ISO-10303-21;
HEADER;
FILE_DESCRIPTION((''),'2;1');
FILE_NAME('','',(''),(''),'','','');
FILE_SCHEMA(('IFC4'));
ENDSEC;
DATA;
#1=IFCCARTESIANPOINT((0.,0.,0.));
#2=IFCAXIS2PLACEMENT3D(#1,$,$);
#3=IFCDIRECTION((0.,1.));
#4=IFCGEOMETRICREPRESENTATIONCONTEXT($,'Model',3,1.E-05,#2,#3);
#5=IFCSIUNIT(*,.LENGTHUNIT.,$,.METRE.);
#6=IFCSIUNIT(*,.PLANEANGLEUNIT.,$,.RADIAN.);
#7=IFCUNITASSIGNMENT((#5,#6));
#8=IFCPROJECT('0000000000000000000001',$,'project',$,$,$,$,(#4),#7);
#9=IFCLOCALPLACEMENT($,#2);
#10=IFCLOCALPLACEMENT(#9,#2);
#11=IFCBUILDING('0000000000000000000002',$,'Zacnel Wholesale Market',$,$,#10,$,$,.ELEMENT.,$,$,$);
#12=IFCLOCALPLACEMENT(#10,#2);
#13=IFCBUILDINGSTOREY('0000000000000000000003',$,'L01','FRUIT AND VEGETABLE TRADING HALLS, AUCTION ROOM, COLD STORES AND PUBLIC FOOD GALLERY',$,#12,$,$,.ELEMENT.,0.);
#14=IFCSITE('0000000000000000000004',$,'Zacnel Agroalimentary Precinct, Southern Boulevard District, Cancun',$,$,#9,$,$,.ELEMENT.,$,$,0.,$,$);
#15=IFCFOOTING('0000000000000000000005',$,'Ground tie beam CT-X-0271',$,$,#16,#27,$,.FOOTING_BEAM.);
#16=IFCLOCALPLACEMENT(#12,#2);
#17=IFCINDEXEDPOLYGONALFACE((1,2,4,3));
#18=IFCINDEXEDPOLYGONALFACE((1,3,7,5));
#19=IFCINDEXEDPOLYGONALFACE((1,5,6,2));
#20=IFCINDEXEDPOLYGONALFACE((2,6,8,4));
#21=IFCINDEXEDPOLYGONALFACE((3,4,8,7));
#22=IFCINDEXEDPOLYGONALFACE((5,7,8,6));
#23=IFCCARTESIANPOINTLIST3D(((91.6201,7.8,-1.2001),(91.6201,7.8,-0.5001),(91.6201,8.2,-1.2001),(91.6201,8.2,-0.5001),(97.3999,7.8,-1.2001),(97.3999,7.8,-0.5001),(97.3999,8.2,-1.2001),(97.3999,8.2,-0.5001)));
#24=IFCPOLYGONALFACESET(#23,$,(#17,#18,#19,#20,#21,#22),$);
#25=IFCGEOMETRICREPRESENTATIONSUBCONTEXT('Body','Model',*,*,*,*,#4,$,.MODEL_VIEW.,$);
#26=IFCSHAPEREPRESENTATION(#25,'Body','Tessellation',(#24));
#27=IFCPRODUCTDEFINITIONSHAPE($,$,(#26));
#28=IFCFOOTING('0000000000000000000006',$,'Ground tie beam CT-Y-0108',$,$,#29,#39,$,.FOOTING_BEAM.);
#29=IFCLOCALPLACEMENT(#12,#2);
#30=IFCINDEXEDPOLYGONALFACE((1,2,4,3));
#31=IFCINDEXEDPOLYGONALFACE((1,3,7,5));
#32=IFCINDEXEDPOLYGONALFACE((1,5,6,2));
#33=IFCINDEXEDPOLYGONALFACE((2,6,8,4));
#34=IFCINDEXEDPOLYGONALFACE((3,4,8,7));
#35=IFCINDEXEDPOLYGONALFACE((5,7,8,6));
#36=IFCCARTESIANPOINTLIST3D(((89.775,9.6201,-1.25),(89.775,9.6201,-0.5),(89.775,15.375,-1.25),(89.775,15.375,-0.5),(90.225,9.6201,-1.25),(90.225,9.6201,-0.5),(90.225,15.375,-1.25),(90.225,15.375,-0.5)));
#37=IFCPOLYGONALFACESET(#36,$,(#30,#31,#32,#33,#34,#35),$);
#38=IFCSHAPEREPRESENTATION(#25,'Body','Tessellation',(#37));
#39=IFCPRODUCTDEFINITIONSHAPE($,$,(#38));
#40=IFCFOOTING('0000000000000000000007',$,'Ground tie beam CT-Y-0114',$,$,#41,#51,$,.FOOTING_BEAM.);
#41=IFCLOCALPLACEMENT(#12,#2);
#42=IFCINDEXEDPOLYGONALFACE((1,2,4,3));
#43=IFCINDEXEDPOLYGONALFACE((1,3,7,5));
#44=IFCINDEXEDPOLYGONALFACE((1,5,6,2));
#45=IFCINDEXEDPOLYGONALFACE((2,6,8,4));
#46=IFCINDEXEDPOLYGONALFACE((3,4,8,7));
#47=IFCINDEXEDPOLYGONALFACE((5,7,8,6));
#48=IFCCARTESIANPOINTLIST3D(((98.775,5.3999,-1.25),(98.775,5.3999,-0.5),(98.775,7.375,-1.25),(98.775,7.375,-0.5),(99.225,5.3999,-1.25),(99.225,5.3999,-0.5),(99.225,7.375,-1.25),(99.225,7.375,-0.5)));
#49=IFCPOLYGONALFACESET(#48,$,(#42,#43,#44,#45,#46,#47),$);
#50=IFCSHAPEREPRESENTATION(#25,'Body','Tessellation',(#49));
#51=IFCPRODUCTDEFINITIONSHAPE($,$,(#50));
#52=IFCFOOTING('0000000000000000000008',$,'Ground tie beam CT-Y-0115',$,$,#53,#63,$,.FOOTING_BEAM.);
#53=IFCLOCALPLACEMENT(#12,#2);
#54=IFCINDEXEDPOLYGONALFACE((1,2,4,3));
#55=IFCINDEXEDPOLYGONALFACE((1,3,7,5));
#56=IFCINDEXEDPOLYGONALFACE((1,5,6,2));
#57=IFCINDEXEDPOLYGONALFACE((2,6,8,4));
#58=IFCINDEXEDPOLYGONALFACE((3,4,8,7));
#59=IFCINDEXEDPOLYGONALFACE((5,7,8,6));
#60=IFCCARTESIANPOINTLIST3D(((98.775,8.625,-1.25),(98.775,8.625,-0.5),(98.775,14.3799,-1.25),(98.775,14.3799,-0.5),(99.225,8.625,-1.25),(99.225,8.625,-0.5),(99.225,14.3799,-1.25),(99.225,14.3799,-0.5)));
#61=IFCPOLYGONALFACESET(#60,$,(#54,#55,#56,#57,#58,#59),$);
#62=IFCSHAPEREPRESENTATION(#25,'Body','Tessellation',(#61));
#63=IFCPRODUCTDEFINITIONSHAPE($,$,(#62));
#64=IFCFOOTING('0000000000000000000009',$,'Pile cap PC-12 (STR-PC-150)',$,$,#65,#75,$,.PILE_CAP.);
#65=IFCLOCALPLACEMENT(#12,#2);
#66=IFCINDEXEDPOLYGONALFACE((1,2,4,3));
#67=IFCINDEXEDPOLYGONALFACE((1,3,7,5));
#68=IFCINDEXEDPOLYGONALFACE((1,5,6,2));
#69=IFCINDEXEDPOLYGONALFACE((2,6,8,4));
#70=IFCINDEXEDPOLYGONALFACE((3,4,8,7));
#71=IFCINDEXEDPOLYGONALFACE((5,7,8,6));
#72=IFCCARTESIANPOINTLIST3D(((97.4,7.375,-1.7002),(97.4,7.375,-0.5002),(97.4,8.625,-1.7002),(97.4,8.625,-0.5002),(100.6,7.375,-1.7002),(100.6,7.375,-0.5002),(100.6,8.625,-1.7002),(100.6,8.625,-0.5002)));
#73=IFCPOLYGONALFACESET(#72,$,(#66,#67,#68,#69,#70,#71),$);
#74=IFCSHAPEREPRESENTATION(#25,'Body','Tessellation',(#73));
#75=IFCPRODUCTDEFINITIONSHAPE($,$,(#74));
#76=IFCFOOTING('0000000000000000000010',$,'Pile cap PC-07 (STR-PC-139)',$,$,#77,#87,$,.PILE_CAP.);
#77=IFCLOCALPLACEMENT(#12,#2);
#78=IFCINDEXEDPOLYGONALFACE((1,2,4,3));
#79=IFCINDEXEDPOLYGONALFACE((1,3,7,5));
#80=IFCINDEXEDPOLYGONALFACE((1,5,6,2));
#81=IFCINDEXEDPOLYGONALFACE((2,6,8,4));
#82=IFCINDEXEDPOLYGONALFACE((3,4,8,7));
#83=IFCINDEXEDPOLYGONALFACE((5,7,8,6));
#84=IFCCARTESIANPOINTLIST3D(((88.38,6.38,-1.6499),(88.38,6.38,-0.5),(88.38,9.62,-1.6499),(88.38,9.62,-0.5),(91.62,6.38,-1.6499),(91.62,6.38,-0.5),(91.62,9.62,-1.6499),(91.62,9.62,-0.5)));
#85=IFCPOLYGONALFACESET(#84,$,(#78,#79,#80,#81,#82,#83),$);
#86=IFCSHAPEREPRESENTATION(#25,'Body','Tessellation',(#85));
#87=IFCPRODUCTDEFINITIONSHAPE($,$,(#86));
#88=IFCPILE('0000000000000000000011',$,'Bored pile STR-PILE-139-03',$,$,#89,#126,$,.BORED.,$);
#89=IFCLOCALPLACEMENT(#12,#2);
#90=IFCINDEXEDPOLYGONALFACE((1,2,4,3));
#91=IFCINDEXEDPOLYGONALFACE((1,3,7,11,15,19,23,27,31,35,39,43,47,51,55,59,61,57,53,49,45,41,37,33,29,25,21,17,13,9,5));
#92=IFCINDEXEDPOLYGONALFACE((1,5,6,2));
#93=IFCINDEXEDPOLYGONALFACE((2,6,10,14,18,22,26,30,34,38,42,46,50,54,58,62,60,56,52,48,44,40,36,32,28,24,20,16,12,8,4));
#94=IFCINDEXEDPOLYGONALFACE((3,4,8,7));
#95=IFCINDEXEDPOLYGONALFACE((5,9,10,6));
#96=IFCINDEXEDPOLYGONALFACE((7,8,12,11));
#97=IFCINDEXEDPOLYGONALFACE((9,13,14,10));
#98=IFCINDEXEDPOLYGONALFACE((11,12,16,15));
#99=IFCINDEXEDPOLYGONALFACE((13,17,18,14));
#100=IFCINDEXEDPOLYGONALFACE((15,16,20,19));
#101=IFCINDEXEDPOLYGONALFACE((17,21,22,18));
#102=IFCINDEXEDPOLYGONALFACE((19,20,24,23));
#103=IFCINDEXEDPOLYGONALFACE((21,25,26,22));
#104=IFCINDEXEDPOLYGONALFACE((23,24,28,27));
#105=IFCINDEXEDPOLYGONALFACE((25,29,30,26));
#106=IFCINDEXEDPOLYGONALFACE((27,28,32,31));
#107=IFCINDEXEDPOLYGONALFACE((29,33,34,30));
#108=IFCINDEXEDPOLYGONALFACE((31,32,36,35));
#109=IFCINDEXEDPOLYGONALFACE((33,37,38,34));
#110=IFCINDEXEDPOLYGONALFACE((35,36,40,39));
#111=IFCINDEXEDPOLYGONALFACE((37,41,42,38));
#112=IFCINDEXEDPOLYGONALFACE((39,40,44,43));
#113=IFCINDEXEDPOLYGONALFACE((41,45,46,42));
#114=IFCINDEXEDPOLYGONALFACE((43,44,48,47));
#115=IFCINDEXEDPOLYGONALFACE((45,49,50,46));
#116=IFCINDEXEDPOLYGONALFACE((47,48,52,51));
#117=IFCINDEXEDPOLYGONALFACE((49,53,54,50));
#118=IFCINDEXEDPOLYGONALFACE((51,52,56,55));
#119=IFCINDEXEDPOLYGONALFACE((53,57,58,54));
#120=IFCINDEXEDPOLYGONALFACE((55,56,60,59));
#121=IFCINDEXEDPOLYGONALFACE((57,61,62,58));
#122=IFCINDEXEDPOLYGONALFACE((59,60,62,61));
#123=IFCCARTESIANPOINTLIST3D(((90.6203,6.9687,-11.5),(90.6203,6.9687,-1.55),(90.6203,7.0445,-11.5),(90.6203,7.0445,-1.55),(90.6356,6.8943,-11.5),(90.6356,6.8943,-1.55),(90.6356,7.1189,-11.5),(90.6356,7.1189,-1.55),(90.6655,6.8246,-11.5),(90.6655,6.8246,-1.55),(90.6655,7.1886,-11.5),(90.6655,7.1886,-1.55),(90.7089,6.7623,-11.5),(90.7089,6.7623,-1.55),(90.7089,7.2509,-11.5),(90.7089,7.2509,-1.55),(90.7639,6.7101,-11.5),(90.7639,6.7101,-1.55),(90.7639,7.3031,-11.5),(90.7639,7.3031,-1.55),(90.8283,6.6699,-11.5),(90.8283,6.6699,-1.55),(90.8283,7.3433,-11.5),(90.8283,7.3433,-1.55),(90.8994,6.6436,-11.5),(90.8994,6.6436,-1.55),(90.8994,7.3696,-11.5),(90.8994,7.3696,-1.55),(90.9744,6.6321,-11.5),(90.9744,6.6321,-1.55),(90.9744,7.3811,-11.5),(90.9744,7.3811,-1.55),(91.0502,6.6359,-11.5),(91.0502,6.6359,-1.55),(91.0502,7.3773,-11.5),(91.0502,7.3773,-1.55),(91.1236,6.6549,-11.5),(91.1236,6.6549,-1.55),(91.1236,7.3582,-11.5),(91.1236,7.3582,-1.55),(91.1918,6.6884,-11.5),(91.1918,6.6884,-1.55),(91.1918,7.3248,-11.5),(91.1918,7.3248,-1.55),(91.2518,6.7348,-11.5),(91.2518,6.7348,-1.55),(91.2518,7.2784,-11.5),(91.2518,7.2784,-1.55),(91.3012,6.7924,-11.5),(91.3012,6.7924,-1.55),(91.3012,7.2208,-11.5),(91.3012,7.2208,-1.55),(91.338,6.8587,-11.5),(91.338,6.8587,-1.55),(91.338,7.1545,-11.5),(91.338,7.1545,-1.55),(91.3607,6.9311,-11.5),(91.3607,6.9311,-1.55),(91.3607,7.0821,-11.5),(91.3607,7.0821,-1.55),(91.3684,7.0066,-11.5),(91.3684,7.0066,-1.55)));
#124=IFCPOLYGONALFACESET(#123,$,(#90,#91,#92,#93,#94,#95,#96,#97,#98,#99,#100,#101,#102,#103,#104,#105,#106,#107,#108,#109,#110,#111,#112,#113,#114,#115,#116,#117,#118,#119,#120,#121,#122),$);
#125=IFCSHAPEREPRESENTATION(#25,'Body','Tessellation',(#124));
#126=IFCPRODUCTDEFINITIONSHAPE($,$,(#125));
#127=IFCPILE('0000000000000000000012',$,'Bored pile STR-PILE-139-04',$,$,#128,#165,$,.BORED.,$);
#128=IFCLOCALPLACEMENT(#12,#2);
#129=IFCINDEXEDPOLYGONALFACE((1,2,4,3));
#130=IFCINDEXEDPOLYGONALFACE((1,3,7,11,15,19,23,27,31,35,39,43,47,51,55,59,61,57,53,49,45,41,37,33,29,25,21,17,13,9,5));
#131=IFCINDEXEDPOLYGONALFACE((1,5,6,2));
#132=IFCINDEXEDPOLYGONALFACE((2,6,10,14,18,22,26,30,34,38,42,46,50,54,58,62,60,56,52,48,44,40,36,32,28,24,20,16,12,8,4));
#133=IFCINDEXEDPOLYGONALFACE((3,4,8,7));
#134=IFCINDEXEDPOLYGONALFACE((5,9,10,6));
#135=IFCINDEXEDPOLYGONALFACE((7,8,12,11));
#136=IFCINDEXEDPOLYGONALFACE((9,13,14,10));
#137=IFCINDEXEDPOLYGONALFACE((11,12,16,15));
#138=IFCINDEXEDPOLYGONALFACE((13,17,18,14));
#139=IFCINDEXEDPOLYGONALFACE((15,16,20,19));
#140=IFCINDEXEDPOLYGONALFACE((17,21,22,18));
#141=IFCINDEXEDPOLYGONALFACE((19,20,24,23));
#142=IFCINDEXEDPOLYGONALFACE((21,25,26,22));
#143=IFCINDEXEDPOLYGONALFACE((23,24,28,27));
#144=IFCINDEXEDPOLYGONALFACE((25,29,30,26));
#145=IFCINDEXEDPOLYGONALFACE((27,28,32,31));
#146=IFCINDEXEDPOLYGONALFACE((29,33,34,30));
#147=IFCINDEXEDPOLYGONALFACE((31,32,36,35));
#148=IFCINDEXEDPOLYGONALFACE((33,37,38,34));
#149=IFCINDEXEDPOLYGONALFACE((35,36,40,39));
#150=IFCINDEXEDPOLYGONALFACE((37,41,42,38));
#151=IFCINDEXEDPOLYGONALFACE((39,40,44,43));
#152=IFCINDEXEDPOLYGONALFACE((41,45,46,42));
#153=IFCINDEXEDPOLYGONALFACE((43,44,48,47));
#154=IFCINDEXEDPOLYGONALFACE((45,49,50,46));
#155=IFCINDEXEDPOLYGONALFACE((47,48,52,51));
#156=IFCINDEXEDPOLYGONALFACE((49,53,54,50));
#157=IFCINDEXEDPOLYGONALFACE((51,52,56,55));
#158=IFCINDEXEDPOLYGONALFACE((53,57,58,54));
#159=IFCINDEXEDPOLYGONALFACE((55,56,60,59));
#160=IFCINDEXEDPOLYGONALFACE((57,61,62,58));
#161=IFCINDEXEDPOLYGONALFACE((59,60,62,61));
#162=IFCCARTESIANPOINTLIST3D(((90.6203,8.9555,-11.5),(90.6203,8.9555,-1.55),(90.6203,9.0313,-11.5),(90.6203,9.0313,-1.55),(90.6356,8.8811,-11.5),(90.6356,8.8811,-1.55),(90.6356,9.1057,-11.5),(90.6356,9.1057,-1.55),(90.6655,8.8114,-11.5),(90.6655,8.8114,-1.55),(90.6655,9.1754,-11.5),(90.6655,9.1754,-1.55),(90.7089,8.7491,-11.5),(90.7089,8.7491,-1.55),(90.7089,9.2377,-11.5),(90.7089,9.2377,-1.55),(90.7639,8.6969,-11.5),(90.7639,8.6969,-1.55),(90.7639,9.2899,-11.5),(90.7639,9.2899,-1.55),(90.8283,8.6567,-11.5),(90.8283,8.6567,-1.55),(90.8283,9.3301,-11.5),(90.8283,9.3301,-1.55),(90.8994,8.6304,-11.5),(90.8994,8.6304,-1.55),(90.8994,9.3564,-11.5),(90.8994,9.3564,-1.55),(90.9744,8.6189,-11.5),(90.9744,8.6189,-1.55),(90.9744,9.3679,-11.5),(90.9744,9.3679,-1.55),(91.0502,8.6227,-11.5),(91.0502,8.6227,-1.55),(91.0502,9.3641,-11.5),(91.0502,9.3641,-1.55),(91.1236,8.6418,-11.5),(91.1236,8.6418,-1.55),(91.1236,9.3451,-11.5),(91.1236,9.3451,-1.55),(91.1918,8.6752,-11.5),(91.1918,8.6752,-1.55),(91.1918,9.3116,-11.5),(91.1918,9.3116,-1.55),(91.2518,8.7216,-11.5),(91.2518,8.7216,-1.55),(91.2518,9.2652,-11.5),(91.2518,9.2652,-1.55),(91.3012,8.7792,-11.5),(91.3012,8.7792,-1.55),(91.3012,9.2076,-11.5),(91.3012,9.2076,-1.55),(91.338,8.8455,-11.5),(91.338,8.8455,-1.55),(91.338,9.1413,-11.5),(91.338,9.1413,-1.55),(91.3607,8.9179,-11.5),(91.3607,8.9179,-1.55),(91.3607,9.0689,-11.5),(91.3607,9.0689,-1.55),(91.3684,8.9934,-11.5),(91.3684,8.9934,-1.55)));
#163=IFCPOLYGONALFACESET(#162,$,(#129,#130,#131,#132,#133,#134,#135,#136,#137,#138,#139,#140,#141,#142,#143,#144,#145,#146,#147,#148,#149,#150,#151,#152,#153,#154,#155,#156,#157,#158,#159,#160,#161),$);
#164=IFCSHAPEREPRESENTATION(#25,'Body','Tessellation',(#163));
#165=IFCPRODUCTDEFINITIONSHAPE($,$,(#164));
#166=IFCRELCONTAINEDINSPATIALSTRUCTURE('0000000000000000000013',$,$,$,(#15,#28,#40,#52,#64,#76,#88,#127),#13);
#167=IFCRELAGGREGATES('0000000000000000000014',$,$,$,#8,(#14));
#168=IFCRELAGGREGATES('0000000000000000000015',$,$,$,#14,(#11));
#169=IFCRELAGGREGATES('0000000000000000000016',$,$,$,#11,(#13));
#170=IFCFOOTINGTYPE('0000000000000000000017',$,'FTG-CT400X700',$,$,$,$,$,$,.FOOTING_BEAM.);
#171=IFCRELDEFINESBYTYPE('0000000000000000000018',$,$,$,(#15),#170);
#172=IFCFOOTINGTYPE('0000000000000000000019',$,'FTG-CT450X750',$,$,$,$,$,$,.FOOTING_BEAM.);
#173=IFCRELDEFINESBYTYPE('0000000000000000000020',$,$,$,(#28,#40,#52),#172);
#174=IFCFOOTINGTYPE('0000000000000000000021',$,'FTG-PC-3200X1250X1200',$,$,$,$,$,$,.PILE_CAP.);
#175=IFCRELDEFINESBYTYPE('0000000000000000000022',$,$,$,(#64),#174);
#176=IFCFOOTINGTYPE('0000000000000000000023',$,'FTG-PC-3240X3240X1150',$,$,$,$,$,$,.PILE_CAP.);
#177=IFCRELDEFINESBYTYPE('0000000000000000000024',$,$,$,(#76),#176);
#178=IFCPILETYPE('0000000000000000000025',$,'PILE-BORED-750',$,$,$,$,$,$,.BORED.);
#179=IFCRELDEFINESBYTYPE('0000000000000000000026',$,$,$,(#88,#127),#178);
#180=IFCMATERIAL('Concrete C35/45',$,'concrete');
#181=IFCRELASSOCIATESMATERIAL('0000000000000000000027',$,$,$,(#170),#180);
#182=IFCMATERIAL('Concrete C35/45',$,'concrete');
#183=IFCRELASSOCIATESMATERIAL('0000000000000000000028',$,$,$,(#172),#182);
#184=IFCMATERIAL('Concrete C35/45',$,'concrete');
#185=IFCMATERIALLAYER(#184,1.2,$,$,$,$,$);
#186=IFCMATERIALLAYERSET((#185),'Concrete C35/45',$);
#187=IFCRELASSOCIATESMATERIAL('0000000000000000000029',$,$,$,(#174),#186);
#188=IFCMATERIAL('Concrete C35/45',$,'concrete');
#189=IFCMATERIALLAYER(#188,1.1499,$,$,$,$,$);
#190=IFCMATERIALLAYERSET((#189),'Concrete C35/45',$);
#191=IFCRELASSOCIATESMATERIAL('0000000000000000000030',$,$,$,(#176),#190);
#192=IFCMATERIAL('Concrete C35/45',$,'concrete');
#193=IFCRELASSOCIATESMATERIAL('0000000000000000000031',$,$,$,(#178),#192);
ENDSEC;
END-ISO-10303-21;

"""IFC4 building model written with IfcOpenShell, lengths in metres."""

from ifc_helpers import new_model, si_unit, direction, frame, origin, origin_2d, place, context, subcontext, project, spatial, rectangle, circle, extrude, material, layer, layer_set, material_profile, profile_set, type_object, element, save


model = new_model("IFC4")

# Units and contexts
model_context = context("Model", 3, precision=1e-05, world=origin(), true_north=direction((0.0, 1.0)))
body_context = subcontext(model_context, "Body", "Model", "MODEL_VIEW")
ifc_project = project(units=[si_unit("LENGTHUNIT", "METRE"), si_unit("PLANEANGLEUNIT", "RADIAN")], contexts=[model_context])

# Site, building, storey
site_placement = place(None, origin())
site = spatial("IfcSite", under=ifc_project, at=site_placement, Name="Zacnel Agroalimentary Precinct, Southern Boulevard District, Cancun", CompositionType="ELEMENT", RefElevation=0.0)
building_placement = place(site_placement, origin())
building = spatial("IfcBuilding", under=site, at=building_placement, Name="Zacnel Wholesale Market", CompositionType="ELEMENT")
storey_placement = place(building_placement, origin())
storey = spatial("IfcBuildingStorey", under=building, at=storey_placement, Name="L01", Description="FRUIT AND VEGETABLE TRADING HALLS, AUCTION ROOM, COLD STORES AND PUBLIC FOOD GALLERY", CompositionType="ELEMENT", Elevation=0.0)

# Footings
ifc_material_1 = material(Name="Concrete C35/45", Category="concrete")
ifc_material_profile_1 = material_profile(ifc_material_1, rectangle(XDim=0.3999, YDim=0.7, at=origin_2d()), Name="CT 400x700")
ifc_profile_set_1 = profile_set([ifc_material_profile_1], Name="Concrete C35/45")
footing_type_1 = type_object("IfcFootingType", Name="FTG-CT400X700", PredefinedType="FOOTING_BEAM", material=ifc_profile_set_1)
footing_1_placement = place(storey_placement, frame((91.6201, 8.0, -0.8501), z_axis=(1.0, 0.0, 0.0), x_axis=(0.0, 1.0, 0.0)))
element("IfcFooting", 1, at=footing_1_placement, inside=storey, type_object=footing_type_1, Name="Ground tie beam CT-X-0271", PredefinedType="FOOTING_BEAM", context=body_context, shape_type="SweptSolid", body=[
    extrude(rectangle(XDim=0.3999, YDim=0.7, at=origin_2d()), origin(), (0.0, 0.0, 1.0), 5.7798),
])
ifc_material_2 = material(Name="Concrete C35/45", Category="concrete")
ifc_material_profile_2 = material_profile(ifc_material_2, rectangle(XDim=0.45, YDim=0.75, at=origin_2d()), Name="CT 450x750")
ifc_profile_set_2 = profile_set([ifc_material_profile_2], Name="Concrete C35/45")
footing_type_2 = type_object("IfcFootingType", Name="FTG-CT450X750", PredefinedType="FOOTING_BEAM", material=ifc_profile_set_2)
footing_2_placement = place(storey_placement, frame((90.0, 9.6201, -0.875), z_axis=(0.0, 1.0, 0.0), x_axis=(-1.0, 0.0, 0.0)))
element("IfcFooting", 2, at=footing_2_placement, inside=storey, type_object=footing_type_2, Name="Ground tie beam CT-Y-0108", PredefinedType="FOOTING_BEAM", context=body_context, shape_type="SweptSolid", body=[
    extrude(rectangle(XDim=0.45, YDim=0.75, at=origin_2d()), origin(), (0.0, 0.0, 1.0), 5.7549),
])
footing_3_placement = place(storey_placement, frame((99.0, 5.3999, -0.875), z_axis=(0.0, 1.0, 0.0), x_axis=(-1.0, 0.0, 0.0)))
element("IfcFooting", 3, at=footing_3_placement, inside=storey, type_object=footing_type_2, Name="Ground tie beam CT-Y-0114", PredefinedType="FOOTING_BEAM", context=body_context, shape_type="SweptSolid", body=[
    extrude(rectangle(XDim=0.45, YDim=0.75, at=origin_2d()), origin(), (0.0, 0.0, 1.0), 1.9751),
])
footing_4_placement = place(storey_placement, frame((99.0, 8.625, -0.875), z_axis=(0.0, 1.0, 0.0), x_axis=(-1.0, 0.0, 0.0)))
element("IfcFooting", 4, at=footing_4_placement, inside=storey, type_object=footing_type_2, Name="Ground tie beam CT-Y-0115", PredefinedType="FOOTING_BEAM", context=body_context, shape_type="SweptSolid", body=[
    extrude(rectangle(XDim=0.45, YDim=0.75, at=origin_2d()), origin(), (0.0, 0.0, 1.0), 5.7549),
])
ifc_material_3 = material(Name="Concrete C35/45", Category="concrete")
ifc_layer_1 = layer(ifc_material_3, 1.2)
ifc_layer_set_1 = layer_set([ifc_layer_1], Name="Concrete C35/45")
footing_type_3 = type_object("IfcFootingType", Name="FTG-PC-3200X1250X1200", PredefinedType="PILE_CAP", material=ifc_layer_set_1)
footing_5_placement = place(storey_placement, frame((99.0, 8.0, -1.7002), z_axis=(0.0, 0.0, 1.0), x_axis=(1.0, 0.0, 0.0)))
element("IfcFooting", 5, at=footing_5_placement, inside=storey, type_object=footing_type_3, Name="Pile cap PC-12 (STR-PC-150)", PredefinedType="PILE_CAP", context=body_context, shape_type="SweptSolid", body=[
    extrude(rectangle(XDim=3.2, YDim=1.25, at=origin_2d()), origin(), (0.0, 0.0, 1.0), 1.2),
])
ifc_material_4 = material(Name="Concrete C35/45", Category="concrete")
ifc_layer_2 = layer(ifc_material_4, 1.1499)
ifc_layer_set_2 = layer_set([ifc_layer_2], Name="Concrete C35/45")
footing_type_4 = type_object("IfcFootingType", Name="FTG-PC-3240X3240X1150", PredefinedType="PILE_CAP", material=ifc_layer_set_2)
footing_6_placement = place(storey_placement, frame((90.0, 8.0, -1.6499), z_axis=(0.0, 0.0, 1.0), x_axis=(1.0, 0.0, 0.0)))
element("IfcFooting", 6, at=footing_6_placement, inside=storey, type_object=footing_type_4, Name="Pile cap PC-07 (STR-PC-139)", PredefinedType="PILE_CAP", context=body_context, shape_type="SweptSolid", body=[
    extrude(rectangle(XDim=3.24, YDim=3.24, at=origin_2d()), origin(), (0.0, 0.0, 1.0), 1.1499),
])

# Piles
ifc_material_5 = material(Name="Concrete C35/45", Category="concrete")
ifc_material_profile_3 = material_profile(ifc_material_5, circle(Radius=0.375, at=origin_2d()), Name="BORED PILE D750")
ifc_profile_set_3 = profile_set([ifc_material_profile_3], Name="Concrete C35/45")
pile_type = type_object("IfcPileType", Name="PILE-BORED-750", PredefinedType="BORED", material=ifc_profile_set_3)
for number, where, z_axis, x_axis, name in (
    (7, (90.9934, 7.0066, -1.55), (0.0, 0.0, -1.0), (1.0, 0.0, 0.0), "Bored pile STR-PILE-139-03"),
    (8, (90.9934, 8.9934, -1.55), (0.0, 0.0, -1.0), (1.0, 0.0, 0.0), "Bored pile STR-PILE-139-04"),
):
    element("IfcPile", number, at=place(storey_placement, frame(where, z_axis=z_axis, x_axis=x_axis)), inside=storey, type_object=pile_type, Name=name, PredefinedType="BORED", context=body_context, shape_type="SweptSolid", body=[
        extrude(circle(Radius=0.375, at=origin_2d()), origin(), (0.0, 0.0, 1.0), 9.95),
    ])

save(model, "model.ifc")
